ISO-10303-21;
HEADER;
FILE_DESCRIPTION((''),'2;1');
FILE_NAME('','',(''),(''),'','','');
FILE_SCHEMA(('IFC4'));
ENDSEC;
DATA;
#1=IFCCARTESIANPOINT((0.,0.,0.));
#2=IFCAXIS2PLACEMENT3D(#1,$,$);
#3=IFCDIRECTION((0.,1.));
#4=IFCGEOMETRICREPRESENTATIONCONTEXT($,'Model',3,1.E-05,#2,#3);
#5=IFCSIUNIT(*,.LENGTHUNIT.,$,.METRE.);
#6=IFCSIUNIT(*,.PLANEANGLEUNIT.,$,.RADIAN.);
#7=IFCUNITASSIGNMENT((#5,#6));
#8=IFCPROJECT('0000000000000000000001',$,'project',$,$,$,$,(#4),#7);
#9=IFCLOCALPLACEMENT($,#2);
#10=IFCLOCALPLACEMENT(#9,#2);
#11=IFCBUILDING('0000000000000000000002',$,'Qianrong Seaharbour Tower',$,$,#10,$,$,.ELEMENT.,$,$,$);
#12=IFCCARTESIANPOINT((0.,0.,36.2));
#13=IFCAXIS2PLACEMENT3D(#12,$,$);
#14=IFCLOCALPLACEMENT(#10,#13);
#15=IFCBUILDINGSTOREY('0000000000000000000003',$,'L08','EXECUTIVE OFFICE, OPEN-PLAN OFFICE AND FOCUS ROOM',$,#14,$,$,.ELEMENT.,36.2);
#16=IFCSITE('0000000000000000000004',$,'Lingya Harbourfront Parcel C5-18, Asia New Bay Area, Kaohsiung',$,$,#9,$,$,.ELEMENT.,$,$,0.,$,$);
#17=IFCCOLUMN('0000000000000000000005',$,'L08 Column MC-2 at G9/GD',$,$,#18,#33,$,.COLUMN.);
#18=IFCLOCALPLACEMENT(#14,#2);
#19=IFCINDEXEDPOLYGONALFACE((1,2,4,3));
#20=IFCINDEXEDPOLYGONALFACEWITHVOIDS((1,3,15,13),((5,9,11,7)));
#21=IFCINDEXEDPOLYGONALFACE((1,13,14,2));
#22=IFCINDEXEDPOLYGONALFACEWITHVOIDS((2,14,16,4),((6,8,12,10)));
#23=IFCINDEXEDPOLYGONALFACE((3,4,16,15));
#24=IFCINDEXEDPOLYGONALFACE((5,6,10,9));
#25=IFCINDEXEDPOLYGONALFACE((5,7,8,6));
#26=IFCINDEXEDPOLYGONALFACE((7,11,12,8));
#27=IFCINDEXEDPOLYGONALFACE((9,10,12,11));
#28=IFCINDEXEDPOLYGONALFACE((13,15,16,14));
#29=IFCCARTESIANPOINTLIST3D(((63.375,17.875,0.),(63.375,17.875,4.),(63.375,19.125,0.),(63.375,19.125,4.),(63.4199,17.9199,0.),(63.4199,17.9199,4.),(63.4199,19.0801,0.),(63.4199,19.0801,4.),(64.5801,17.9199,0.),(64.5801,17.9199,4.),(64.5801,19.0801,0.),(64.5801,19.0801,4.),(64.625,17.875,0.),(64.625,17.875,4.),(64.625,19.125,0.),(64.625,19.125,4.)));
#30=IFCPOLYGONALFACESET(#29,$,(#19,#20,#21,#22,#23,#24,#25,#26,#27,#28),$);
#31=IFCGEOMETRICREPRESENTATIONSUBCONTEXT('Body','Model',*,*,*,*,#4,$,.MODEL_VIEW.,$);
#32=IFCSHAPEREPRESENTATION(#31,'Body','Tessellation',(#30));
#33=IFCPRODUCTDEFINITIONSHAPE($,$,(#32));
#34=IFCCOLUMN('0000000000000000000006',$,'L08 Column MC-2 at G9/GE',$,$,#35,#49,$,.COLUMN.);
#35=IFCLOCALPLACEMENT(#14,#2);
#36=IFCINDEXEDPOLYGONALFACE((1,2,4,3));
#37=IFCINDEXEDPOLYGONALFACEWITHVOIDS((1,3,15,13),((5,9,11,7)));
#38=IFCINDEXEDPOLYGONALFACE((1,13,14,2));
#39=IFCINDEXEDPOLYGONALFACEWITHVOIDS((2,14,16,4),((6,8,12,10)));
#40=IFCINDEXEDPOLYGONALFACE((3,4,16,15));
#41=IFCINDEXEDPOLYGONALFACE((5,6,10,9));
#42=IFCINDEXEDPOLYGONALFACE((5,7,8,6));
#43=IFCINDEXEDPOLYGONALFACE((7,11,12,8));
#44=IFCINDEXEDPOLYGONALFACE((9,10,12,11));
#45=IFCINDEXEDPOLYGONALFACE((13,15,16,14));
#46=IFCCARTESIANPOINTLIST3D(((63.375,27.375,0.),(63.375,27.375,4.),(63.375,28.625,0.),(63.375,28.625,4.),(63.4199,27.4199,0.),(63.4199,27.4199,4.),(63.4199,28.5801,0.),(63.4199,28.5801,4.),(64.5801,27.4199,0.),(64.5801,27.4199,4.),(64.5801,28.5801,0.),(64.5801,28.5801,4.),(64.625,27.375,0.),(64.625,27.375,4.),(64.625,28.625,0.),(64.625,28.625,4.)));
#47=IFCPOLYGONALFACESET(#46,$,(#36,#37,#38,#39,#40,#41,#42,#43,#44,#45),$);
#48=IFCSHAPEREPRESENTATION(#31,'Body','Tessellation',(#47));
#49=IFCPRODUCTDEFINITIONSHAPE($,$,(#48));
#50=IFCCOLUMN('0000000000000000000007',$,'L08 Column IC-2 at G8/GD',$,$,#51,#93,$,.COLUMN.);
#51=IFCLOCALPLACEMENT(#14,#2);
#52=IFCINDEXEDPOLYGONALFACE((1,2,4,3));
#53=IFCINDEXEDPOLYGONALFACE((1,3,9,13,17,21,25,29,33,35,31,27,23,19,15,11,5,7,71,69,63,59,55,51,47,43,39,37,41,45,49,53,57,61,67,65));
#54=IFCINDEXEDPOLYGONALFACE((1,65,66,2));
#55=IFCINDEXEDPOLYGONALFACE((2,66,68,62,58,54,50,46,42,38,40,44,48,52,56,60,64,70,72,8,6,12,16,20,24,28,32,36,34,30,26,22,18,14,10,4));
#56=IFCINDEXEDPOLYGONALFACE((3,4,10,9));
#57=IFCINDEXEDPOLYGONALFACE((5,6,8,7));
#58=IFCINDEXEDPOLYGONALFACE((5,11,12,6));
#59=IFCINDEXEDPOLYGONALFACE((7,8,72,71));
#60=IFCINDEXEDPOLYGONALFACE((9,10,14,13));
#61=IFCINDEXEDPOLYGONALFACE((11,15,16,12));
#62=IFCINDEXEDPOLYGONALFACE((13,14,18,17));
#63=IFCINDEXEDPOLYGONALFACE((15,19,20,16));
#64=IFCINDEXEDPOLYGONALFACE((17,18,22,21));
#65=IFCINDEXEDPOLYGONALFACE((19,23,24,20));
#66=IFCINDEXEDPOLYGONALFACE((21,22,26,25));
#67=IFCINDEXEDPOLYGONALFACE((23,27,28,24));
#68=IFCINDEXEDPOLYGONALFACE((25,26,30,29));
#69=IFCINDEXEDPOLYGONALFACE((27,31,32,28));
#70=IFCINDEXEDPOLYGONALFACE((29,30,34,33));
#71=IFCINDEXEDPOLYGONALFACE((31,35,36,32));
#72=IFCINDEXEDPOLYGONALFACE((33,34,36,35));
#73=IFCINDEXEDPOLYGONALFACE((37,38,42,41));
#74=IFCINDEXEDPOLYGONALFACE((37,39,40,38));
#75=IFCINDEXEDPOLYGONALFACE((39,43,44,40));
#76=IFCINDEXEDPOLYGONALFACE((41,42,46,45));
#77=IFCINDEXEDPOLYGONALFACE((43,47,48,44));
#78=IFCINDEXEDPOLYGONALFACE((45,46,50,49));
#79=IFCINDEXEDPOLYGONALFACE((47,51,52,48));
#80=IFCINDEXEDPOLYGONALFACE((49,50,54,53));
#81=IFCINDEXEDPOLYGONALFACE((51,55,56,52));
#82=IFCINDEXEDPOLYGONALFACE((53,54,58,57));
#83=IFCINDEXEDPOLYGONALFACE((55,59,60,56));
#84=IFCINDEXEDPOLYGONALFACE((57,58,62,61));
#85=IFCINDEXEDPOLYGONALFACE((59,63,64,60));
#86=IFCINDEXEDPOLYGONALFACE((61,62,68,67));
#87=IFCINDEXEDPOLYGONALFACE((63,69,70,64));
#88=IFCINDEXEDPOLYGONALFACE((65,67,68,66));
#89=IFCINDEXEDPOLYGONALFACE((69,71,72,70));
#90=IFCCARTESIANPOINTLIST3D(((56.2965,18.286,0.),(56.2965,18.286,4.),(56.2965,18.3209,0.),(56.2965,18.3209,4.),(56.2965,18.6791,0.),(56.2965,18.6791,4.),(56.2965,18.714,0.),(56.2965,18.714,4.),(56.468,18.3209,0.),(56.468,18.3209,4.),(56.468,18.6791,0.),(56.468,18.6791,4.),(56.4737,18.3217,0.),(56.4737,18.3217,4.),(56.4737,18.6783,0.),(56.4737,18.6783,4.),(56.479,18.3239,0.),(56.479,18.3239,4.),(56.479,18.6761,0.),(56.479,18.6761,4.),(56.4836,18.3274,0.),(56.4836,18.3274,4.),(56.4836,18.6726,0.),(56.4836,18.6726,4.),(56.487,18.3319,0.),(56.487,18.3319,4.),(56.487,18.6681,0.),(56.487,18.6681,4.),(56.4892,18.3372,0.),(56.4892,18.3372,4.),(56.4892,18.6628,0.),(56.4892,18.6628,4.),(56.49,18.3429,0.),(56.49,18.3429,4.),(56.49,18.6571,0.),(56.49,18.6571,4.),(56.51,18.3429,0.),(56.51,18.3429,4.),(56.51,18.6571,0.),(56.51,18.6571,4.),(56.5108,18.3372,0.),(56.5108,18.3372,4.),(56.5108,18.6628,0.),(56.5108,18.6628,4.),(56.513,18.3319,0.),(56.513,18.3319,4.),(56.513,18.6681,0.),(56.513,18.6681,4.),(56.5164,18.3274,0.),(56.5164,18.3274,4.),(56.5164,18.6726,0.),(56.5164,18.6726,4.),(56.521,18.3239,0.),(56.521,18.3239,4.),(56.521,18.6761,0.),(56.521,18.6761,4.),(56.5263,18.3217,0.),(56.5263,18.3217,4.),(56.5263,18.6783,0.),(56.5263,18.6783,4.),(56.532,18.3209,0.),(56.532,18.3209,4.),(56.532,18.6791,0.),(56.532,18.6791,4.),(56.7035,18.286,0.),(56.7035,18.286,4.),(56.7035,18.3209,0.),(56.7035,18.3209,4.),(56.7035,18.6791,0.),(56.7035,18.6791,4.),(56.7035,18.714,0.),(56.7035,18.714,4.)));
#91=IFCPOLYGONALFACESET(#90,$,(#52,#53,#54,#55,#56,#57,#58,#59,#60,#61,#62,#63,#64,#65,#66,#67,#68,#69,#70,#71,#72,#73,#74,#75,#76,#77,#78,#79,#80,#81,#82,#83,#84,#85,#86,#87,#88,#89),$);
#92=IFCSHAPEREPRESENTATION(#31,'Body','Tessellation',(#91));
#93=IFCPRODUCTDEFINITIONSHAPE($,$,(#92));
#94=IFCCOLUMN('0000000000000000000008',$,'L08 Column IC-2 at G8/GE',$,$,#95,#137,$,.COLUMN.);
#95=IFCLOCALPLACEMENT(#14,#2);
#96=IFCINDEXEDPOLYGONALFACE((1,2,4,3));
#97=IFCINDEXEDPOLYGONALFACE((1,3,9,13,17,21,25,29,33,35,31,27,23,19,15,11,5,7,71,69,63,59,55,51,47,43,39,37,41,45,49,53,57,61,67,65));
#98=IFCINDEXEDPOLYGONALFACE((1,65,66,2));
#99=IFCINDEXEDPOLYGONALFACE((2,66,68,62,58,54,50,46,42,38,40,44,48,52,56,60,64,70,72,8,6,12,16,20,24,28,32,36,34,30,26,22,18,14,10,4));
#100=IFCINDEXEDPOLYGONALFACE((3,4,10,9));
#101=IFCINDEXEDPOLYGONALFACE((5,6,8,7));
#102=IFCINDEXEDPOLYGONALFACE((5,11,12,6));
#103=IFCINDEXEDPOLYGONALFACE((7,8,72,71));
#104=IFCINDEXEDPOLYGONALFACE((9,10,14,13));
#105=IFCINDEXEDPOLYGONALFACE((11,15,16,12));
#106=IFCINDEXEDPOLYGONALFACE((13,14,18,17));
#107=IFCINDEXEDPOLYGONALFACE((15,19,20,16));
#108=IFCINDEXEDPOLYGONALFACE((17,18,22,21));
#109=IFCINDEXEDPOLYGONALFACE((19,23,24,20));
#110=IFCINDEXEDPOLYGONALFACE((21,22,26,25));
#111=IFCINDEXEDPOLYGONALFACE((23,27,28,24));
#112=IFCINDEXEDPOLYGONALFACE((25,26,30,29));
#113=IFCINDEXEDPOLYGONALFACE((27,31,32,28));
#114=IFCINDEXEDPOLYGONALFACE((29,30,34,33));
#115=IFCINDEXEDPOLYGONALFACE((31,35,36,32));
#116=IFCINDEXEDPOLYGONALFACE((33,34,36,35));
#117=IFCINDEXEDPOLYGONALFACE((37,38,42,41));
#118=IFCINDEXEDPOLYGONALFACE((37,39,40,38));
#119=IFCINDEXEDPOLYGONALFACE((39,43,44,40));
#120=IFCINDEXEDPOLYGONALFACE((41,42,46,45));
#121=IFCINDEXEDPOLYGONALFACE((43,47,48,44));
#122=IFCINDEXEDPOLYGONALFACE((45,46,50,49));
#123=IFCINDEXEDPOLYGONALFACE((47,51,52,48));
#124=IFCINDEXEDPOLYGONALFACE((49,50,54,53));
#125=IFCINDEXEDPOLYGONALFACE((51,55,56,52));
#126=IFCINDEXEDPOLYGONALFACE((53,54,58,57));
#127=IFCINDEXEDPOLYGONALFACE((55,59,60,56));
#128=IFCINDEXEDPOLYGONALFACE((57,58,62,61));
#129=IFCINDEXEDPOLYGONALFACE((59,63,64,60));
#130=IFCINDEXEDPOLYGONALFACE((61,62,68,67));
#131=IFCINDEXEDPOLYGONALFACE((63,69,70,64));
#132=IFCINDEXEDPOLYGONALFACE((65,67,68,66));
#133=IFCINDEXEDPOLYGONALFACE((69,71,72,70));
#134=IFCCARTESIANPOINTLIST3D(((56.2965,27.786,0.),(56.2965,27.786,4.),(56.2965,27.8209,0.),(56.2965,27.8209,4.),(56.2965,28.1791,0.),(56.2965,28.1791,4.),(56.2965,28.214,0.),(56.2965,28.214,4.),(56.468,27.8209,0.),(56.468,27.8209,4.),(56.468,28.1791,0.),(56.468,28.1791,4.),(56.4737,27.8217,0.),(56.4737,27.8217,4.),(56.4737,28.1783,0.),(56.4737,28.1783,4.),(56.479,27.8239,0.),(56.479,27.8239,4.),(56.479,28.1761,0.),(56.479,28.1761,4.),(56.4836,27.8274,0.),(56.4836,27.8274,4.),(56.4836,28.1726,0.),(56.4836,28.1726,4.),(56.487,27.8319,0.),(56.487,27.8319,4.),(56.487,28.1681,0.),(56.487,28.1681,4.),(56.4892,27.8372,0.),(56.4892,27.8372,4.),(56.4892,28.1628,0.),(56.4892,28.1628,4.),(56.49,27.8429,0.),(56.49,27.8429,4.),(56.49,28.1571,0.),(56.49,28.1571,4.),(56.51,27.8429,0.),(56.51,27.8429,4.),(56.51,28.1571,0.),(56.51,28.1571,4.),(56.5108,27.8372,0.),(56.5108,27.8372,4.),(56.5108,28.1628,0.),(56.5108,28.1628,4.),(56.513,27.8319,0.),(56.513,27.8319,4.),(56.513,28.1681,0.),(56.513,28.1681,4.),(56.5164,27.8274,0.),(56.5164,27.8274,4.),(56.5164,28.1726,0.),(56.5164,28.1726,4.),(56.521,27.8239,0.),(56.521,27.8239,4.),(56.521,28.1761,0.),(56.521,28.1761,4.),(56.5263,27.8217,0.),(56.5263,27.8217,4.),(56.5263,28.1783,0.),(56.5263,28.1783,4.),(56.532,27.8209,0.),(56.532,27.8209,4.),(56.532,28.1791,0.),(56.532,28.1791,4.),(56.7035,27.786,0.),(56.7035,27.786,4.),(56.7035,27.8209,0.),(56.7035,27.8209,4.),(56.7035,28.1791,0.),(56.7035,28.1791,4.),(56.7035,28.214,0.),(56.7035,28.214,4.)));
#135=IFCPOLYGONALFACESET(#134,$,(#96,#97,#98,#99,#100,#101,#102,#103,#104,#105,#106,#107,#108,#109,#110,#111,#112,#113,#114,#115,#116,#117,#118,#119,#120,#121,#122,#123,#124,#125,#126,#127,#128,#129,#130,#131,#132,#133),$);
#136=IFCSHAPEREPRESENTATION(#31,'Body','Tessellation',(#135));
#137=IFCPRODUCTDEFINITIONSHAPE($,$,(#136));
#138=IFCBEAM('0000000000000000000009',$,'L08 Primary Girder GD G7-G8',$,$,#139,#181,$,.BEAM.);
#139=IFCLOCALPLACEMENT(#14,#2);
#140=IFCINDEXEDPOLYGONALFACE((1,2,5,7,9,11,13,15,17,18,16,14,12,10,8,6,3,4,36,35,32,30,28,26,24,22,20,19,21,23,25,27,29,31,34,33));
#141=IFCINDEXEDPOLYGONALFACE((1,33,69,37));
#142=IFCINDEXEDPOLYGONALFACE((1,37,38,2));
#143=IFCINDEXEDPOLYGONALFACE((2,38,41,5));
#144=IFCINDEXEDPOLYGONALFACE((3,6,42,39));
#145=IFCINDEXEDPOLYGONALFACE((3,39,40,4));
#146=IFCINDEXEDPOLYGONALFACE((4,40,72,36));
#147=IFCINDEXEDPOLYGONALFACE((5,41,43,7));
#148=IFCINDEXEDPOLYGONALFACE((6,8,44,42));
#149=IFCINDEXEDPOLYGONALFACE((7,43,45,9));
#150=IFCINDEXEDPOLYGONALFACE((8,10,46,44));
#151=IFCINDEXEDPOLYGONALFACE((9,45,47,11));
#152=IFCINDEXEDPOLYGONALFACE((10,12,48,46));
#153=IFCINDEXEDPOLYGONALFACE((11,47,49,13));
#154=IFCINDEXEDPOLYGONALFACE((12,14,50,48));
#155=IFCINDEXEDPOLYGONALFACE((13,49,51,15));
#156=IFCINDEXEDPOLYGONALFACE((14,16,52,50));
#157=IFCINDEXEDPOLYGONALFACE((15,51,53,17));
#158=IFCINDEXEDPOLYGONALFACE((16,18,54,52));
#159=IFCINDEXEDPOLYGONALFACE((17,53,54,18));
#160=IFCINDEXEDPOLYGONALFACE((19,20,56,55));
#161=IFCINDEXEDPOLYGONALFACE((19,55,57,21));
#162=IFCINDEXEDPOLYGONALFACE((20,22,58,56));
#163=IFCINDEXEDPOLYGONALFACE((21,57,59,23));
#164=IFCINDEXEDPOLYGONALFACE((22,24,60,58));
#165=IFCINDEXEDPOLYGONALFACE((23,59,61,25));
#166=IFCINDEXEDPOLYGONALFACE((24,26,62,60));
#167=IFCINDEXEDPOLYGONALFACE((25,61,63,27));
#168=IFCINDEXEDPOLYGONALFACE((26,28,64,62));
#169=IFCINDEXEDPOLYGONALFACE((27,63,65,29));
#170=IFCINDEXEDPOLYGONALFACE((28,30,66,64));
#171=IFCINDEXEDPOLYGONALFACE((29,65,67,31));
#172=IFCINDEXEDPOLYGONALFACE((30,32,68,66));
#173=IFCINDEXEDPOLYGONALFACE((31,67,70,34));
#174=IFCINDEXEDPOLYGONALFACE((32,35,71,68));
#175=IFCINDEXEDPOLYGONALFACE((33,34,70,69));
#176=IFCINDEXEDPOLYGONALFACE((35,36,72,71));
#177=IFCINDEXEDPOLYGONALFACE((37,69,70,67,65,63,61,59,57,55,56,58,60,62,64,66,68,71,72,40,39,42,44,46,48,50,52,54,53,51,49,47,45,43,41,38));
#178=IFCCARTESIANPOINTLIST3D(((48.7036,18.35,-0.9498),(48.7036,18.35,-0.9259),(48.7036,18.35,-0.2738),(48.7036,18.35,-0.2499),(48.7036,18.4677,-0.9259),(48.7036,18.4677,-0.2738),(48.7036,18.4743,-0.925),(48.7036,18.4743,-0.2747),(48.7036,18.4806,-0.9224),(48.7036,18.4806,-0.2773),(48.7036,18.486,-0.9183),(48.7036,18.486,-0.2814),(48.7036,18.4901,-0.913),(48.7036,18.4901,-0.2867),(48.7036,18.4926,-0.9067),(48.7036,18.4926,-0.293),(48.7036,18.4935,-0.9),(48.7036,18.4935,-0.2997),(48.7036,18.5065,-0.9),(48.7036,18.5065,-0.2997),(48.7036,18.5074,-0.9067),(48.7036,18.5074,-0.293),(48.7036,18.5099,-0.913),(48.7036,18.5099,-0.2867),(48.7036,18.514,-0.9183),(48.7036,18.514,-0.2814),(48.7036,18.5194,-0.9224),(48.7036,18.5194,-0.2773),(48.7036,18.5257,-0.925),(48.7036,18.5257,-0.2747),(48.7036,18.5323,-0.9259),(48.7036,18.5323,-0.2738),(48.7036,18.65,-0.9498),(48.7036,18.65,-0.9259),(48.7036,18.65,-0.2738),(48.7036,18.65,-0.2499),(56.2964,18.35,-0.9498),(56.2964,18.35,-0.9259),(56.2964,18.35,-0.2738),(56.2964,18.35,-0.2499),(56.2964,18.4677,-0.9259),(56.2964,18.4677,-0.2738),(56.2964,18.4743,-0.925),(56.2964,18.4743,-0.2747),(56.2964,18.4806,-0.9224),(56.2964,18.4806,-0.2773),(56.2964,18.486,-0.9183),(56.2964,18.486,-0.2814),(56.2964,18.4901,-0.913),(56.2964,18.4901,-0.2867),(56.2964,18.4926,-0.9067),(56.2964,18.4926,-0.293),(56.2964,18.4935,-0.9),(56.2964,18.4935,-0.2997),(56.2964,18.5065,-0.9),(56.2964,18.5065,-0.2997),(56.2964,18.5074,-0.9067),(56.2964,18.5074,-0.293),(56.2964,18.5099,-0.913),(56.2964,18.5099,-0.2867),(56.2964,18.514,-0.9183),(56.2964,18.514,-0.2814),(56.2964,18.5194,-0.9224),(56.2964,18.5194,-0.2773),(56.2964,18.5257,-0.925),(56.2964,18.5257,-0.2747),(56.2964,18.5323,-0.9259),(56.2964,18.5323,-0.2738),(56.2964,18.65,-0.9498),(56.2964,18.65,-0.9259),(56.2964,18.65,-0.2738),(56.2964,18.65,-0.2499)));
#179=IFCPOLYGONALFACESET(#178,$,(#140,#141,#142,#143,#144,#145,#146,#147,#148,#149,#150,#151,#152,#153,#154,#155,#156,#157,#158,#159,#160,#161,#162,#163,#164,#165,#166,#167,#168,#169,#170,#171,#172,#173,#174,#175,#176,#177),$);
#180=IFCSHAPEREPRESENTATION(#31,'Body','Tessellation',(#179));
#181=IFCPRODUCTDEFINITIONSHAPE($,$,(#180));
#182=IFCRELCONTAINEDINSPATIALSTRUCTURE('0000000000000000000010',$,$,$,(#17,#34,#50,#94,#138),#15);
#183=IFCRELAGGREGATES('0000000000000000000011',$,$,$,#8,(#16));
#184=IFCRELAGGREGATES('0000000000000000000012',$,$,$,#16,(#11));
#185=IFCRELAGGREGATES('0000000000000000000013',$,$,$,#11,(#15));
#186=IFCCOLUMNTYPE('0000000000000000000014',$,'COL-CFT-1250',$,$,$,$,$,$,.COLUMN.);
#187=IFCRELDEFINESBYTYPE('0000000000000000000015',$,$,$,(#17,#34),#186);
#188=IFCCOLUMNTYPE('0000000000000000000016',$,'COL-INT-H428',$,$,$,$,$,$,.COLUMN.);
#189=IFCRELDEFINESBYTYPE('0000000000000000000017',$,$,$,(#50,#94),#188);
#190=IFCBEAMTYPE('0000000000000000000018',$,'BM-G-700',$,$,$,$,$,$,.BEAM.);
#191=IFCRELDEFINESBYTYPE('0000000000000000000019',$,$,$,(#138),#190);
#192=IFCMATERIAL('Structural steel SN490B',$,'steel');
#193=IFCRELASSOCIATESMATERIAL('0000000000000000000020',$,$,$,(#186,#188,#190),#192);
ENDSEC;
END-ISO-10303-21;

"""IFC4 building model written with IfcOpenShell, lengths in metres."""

from ifc_helpers import new_model, si_unit, direction, frame, origin, origin_2d, place, context, subcontext, project, spatial, hollow_rectangle, i_section, extrude, material, material_profile, profile_set, type_object, element, save


model = new_model("IFC4")

# Units and contexts
model_context = context("Model", 3, precision=1e-05, world=origin(), true_north=direction((0.0, 1.0)))
body_context = subcontext(model_context, "Body", "Model", "MODEL_VIEW")
ifc_project = project(units=[si_unit("LENGTHUNIT", "METRE"), si_unit("PLANEANGLEUNIT", "RADIAN")], contexts=[model_context])

# Site, building, storey
site_placement = place(None, origin())
site = spatial("IfcSite", under=ifc_project, at=site_placement, Name="Lingya Harbourfront Parcel C5-18, Asia New Bay Area, Kaohsiung", CompositionType="ELEMENT", RefElevation=0.0)
building_placement = place(site_placement, origin())
building = spatial("IfcBuilding", under=site, at=building_placement, Name="Qianrong Seaharbour Tower", CompositionType="ELEMENT")
storey_placement = place(building_placement, frame((0.0, 0.0, 36.2)))
storey = spatial("IfcBuildingStorey", under=building, at=storey_placement, Name="L08", Description="EXECUTIVE OFFICE, OPEN-PLAN OFFICE AND FOCUS ROOM", CompositionType="ELEMENT", Elevation=36.2)

# Columns
ifc_material_1 = material(Name="Structural steel SN490B", Category="steel")
ifc_material_profile_1 = material_profile(ifc_material_1, hollow_rectangle(XDim=1.25, YDim=1.25, WallThickness=0.0449, at=origin_2d()), Name="BOX1250x1250x45")
ifc_profile_set_1 = profile_set([ifc_material_profile_1], Name="Structural steel SN490B")
column_type_1 = type_object("IfcColumnType", Name="COL-CFT-1250", PredefinedType="COLUMN", material=ifc_profile_set_1)
for number, where, z_axis, x_axis, name in (
    (1, (64.0, 18.5, 0.0), (0.0, 0.0, 1.0), (1.0, 0.0, 0.0), "L08 Column MC-2 at G9/GD"),
    (2, (64.0, 28.0, 0.0), (0.0, 0.0, 1.0), (1.0, 0.0, 0.0), "L08 Column MC-2 at G9/GE"),
):
    element("IfcColumn", number, at=place(storey_placement, frame(where, z_axis=z_axis, x_axis=x_axis)), inside=storey, type_object=column_type_1, Name=name, PredefinedType="COLUMN", context=body_context, shape_type="SweptSolid", body=[
        extrude(hollow_rectangle(XDim=1.25, YDim=1.25, WallThickness=0.0449, at=origin_2d()), origin(), (0.0, 0.0, 1.0), 4.0),
    ])
ifc_material_profile_2 = material_profile(ifc_material_1, i_section(OverallWidth=0.407, OverallDepth=0.428, WebThickness=0.02, FlangeThickness=0.0349, FilletRadius=0.022, at=origin_2d()), Name="H428x407x20x35")
ifc_profile_set_2 = profile_set([ifc_material_profile_2], Name="Structural steel SN490B")
column_type_2 = type_object("IfcColumnType", Name="COL-INT-H428", PredefinedType="COLUMN", material=ifc_profile_set_2)
for number, where, z_axis, x_axis, name in (
    (3, (56.5, 18.5, 0.0), (0.0, 0.0, 1.0), (1.0, 0.0, 0.0), "L08 Column IC-2 at G8/GD"),
    (4, (56.5, 28.0, 0.0), (0.0, 0.0, 1.0), (1.0, 0.0, 0.0), "L08 Column IC-2 at G8/GE"),
):
    element("IfcColumn", number, at=place(storey_placement, frame(where, z_axis=z_axis, x_axis=x_axis)), inside=storey, type_object=column_type_2, Name=name, PredefinedType="COLUMN", context=body_context, shape_type="SweptSolid", body=[
        extrude(i_section(OverallWidth=0.407, OverallDepth=0.428, WebThickness=0.02, FlangeThickness=0.0349, FilletRadius=0.022, at=origin_2d()), origin(), (0.0, 0.0, 1.0), 4.0),
    ])

# Beam
ifc_material_profile_3 = material_profile(ifc_material_1, i_section(OverallWidth=0.3, OverallDepth=0.7, WebThickness=0.0129, FlangeThickness=0.0239, FilletRadius=0.0259, at=origin_2d()), Name="H700x300x13x24")
ifc_profile_set_3 = profile_set([ifc_material_profile_3], Name="Structural steel SN490B")
beam_type_1 = type_object("IfcBeamType", Name="BM-G-700", PredefinedType="BEAM", material=ifc_profile_set_3)
beam_1_placement = place(storey_placement, frame((48.7036, 18.5, -0.5999), z_axis=(1.0, 0.0, 0.0), x_axis=(0.0, 1.0, 0.0)))
element("IfcBeam", 5, at=beam_1_placement, inside=storey, type_object=beam_type_1, Name="L08 Primary Girder GD G7-G8", PredefinedType="BEAM", context=body_context, shape_type="SweptSolid", body=[
    extrude(i_section(OverallWidth=0.3, OverallDepth=0.7, WebThickness=0.0129, FlangeThickness=0.0239, FilletRadius=0.0259, at=origin_2d()), origin(), (0.0, 0.0, 1.0), 7.5928),
])

save(model, "model.ifc")
